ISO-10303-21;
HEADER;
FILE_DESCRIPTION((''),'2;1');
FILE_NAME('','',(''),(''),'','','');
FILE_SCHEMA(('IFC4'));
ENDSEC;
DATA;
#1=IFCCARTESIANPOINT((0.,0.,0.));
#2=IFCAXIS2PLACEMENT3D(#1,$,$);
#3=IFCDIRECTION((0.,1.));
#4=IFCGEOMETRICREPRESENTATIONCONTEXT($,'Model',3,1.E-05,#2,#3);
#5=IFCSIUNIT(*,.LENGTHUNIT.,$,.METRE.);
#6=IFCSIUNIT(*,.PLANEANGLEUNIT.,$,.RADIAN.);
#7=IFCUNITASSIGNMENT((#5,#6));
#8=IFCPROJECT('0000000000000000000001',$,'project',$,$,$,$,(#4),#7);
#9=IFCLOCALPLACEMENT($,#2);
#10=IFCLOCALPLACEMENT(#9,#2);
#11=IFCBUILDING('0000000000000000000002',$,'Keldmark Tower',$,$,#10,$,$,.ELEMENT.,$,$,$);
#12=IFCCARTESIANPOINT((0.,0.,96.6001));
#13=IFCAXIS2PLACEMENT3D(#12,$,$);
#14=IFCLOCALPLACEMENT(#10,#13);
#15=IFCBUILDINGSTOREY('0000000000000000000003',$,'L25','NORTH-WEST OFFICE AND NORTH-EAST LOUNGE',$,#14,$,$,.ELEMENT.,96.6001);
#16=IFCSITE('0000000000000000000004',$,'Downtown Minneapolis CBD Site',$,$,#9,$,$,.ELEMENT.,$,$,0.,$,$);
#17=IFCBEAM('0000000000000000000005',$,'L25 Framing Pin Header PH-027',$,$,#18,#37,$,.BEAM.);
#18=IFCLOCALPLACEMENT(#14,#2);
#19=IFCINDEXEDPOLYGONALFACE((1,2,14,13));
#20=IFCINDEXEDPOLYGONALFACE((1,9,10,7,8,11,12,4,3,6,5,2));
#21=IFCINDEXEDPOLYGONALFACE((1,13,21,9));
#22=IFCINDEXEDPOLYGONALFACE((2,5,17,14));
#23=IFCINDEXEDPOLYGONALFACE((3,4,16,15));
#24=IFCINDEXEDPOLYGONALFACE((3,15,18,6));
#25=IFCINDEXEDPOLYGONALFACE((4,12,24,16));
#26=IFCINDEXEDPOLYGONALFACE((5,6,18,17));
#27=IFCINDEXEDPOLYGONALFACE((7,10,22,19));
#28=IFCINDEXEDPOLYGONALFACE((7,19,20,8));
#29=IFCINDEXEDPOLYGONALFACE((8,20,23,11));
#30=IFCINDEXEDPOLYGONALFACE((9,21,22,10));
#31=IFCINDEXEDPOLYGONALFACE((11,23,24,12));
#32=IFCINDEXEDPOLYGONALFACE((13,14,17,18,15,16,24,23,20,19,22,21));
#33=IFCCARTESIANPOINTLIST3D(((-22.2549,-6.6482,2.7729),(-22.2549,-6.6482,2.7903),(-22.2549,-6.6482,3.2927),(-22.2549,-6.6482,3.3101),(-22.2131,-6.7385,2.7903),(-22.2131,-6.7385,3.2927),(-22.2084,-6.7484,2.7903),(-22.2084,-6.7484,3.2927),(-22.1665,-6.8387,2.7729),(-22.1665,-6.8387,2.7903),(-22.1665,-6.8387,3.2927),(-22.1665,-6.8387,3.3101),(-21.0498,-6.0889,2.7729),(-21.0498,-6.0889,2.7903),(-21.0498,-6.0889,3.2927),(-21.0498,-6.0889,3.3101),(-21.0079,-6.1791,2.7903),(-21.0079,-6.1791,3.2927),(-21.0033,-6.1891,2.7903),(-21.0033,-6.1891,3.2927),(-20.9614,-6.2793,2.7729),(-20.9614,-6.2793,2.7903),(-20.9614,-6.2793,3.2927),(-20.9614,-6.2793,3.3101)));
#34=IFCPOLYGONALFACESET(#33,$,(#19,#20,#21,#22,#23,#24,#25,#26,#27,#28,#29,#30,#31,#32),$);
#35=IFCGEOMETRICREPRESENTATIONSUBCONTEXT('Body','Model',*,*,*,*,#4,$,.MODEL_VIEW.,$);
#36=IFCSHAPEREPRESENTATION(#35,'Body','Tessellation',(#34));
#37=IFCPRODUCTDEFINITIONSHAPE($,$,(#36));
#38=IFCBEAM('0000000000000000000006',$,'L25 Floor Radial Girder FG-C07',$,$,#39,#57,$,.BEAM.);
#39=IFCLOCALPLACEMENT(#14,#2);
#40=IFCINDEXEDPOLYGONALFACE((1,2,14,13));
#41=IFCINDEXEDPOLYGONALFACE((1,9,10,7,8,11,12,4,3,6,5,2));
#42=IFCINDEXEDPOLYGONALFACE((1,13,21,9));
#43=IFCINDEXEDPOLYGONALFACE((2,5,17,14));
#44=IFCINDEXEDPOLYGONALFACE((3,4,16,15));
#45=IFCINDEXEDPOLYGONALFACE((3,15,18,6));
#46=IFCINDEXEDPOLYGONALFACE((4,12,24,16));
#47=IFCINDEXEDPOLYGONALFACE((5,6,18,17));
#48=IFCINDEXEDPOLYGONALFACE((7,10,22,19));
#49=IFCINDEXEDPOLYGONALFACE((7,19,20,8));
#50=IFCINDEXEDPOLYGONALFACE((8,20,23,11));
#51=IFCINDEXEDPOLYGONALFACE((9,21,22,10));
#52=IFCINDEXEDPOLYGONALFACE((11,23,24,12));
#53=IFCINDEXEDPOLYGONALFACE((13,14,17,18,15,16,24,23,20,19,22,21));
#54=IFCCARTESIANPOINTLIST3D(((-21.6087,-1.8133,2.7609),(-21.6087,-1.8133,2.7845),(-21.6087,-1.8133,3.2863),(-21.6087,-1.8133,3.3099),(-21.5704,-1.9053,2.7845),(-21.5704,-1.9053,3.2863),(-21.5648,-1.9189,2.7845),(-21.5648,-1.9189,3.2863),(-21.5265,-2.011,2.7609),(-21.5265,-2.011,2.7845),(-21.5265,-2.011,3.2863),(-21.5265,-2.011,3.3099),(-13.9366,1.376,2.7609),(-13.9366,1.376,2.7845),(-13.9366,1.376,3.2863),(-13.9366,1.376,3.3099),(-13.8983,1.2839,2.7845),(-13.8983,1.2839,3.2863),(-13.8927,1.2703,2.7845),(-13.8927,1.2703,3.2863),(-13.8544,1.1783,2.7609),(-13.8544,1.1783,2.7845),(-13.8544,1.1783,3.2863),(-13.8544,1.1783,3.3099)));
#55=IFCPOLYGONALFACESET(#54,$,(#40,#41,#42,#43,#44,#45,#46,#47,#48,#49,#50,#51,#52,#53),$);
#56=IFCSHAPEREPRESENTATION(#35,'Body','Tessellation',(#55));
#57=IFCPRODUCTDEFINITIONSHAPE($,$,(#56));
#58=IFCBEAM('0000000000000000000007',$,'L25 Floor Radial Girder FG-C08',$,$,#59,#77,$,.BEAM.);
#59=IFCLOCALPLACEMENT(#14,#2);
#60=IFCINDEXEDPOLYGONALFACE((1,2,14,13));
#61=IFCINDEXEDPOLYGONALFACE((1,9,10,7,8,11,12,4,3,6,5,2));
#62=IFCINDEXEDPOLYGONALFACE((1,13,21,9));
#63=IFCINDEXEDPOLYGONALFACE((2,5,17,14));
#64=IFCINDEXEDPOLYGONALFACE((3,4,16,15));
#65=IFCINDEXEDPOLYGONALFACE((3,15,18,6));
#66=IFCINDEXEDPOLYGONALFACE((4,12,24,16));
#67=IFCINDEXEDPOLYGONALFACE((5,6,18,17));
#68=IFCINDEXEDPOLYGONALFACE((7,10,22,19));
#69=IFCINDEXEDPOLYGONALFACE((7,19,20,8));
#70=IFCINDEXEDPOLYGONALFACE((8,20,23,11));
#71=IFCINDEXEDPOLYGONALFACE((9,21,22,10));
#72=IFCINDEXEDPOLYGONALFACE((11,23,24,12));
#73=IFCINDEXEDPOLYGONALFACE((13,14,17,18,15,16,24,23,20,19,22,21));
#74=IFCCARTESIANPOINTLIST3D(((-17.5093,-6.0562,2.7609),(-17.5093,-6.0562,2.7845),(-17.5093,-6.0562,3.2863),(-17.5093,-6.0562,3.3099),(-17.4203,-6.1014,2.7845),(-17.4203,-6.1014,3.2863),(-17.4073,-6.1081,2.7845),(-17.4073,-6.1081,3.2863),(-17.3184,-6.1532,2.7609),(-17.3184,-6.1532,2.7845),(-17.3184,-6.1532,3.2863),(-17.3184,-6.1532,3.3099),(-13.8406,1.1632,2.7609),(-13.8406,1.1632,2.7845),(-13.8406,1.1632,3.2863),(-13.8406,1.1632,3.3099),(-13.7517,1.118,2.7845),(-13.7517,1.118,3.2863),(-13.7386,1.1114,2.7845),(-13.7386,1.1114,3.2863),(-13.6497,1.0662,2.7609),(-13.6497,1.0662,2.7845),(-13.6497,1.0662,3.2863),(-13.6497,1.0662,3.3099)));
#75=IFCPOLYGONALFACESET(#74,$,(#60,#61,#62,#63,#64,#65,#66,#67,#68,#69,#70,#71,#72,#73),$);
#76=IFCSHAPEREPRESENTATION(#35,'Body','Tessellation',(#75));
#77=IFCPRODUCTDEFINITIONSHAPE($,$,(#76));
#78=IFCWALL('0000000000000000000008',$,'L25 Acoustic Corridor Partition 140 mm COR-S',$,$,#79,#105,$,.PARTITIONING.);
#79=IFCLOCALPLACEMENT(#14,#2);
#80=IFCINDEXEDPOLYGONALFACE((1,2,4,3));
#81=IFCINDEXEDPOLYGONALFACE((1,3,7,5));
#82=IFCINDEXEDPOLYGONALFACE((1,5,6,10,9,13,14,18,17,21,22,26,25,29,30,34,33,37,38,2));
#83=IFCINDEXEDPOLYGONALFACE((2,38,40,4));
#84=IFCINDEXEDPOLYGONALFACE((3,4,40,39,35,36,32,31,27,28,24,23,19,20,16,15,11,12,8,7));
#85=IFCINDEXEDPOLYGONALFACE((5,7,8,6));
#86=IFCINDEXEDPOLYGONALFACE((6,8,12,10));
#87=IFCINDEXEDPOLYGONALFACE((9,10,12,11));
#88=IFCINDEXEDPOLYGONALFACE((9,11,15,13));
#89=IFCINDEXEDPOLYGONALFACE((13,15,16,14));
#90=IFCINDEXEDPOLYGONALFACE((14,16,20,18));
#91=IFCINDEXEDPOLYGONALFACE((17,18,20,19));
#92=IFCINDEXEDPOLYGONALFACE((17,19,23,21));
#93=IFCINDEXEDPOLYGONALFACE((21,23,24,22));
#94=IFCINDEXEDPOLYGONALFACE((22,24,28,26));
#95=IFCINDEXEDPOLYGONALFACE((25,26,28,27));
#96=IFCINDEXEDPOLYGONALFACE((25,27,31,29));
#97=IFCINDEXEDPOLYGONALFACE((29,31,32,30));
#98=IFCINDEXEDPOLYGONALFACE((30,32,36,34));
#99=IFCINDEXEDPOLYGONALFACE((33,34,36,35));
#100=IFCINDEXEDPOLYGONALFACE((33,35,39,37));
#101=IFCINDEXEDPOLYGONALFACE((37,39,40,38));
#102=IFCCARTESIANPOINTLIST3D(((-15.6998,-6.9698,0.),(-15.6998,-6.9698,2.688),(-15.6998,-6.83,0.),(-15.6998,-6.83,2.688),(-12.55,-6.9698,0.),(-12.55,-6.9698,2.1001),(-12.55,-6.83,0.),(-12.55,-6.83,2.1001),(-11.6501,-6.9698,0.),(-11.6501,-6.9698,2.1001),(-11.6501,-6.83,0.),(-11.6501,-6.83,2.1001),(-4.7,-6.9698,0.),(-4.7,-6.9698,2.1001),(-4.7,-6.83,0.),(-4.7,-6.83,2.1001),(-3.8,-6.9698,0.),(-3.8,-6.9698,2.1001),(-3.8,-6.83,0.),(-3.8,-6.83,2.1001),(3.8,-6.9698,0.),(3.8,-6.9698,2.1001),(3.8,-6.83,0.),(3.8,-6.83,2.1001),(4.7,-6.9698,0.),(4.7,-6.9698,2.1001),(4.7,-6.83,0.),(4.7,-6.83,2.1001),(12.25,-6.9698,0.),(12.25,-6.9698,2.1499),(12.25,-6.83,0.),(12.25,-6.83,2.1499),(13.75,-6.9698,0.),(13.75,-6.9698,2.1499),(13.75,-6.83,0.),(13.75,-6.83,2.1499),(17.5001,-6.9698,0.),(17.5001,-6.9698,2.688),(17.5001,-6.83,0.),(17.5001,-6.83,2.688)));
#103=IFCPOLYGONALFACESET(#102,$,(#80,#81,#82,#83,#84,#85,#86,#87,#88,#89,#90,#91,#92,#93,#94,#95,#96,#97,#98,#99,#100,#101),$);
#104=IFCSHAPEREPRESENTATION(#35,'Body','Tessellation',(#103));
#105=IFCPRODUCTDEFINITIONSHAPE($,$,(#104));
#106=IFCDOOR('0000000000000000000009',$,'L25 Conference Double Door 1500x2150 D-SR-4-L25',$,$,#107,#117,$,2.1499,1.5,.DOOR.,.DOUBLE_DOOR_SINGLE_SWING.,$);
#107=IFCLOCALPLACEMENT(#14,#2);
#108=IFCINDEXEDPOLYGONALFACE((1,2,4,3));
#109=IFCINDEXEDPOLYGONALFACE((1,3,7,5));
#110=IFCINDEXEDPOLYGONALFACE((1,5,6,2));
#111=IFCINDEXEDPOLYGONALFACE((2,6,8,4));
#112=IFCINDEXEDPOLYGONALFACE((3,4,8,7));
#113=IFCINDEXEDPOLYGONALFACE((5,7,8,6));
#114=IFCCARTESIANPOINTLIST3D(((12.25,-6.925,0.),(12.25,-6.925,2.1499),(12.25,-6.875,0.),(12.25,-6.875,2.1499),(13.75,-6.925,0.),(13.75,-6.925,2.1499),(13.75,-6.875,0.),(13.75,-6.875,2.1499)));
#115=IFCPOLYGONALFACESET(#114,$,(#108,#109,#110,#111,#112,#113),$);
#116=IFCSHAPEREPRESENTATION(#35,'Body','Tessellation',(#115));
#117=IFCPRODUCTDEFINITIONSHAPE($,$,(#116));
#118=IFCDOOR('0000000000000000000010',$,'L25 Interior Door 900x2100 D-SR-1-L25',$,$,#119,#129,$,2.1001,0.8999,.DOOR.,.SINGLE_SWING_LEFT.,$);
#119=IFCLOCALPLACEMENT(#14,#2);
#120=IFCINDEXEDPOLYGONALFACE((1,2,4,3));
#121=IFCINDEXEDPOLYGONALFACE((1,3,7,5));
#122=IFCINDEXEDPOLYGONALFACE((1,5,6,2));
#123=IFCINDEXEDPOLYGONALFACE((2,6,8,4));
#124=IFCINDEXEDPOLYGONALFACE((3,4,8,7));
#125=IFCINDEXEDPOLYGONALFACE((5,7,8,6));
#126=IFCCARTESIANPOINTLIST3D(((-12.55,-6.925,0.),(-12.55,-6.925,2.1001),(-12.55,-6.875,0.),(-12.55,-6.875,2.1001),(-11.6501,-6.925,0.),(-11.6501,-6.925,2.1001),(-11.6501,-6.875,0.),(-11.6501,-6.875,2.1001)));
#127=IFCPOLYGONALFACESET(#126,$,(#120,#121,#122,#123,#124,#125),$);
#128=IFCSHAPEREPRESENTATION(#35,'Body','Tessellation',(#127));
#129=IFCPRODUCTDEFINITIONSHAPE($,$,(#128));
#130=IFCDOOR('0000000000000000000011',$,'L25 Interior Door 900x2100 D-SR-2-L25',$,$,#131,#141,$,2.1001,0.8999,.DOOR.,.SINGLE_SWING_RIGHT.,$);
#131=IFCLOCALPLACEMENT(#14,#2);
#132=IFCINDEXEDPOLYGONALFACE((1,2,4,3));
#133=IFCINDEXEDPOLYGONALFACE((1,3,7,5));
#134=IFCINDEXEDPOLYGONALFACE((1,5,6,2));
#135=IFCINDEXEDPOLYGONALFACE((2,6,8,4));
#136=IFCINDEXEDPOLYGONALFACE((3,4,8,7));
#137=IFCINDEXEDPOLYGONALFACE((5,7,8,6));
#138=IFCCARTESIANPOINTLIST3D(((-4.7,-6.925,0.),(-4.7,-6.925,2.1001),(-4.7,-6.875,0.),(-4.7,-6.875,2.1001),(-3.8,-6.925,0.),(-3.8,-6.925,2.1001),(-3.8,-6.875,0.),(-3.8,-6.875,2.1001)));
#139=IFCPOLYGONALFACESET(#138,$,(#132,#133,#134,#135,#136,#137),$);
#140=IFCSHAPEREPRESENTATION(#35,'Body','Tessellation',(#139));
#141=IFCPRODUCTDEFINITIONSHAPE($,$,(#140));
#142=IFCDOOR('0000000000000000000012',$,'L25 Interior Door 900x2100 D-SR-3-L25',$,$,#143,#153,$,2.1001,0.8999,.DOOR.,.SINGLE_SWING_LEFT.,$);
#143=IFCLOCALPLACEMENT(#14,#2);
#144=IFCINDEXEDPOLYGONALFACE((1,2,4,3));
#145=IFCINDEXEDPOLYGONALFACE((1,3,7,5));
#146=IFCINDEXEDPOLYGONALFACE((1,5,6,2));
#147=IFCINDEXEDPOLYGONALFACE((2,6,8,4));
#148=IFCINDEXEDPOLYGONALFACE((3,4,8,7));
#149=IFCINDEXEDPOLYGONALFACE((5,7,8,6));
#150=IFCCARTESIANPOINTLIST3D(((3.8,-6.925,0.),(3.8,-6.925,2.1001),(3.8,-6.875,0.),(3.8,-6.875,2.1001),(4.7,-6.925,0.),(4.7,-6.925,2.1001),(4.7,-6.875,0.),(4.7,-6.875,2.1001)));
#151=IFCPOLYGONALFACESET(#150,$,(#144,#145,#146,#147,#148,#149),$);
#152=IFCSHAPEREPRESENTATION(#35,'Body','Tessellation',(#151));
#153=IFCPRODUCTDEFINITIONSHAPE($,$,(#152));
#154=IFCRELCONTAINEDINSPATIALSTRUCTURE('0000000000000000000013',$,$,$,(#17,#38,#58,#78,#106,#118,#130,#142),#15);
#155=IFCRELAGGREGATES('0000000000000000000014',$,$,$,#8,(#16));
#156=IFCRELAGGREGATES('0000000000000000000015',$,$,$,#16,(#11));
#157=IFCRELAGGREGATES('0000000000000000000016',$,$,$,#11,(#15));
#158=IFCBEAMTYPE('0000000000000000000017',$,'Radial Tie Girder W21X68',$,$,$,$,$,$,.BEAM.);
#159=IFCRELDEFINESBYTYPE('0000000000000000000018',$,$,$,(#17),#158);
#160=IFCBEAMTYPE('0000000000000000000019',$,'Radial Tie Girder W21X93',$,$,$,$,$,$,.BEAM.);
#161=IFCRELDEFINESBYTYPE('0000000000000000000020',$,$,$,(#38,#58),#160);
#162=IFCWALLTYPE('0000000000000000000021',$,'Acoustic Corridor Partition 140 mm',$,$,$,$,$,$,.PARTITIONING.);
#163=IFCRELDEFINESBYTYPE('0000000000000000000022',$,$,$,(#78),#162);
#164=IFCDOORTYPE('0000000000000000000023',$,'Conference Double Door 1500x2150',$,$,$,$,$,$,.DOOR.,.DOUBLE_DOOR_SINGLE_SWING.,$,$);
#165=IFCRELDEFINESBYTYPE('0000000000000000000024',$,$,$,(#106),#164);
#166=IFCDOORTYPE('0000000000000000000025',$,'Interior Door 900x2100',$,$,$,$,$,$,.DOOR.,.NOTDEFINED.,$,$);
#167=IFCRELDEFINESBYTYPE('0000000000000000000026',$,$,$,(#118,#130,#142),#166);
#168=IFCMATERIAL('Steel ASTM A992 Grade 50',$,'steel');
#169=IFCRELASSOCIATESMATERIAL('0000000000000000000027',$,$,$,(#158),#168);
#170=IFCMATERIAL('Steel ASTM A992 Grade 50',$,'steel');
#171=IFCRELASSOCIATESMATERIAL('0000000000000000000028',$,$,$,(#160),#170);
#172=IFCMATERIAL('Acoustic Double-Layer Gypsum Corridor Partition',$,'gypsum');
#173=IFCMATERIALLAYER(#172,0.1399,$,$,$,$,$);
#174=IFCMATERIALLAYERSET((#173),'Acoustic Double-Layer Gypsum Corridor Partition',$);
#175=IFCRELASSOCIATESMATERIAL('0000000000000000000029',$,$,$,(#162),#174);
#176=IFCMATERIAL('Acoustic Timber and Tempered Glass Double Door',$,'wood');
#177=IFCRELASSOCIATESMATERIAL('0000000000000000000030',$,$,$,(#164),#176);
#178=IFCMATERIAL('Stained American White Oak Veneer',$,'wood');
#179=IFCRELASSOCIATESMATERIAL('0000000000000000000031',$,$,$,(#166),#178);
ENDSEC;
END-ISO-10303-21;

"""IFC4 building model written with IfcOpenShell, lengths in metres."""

from ifc_helpers import new_model, si_unit, direction, frame, frame_2d, origin, origin_2d, place, context, subcontext, project, spatial, rectangle, i_section, extrude, material, layer, layer_set, material_profile, profile_set, type_object, element, fill, save


model = new_model("IFC4")

# Units and contexts
model_context = context("Model", 3, precision=1e-05, world=origin(), true_north=direction((0.0, 1.0)))
body_context = subcontext(model_context, "Body", "Model", "MODEL_VIEW")
ifc_project = project(units=[si_unit("LENGTHUNIT", "METRE"), si_unit("PLANEANGLEUNIT", "RADIAN")], contexts=[model_context])

# Site, building, storey
site_placement = place(None, origin())
site = spatial("IfcSite", under=ifc_project, at=site_placement, Name="Downtown Minneapolis CBD Site", CompositionType="ELEMENT", RefElevation=0.0)
building_placement = place(site_placement, origin())
building = spatial("IfcBuilding", under=site, at=building_placement, Name="Keldmark Tower", CompositionType="ELEMENT")
storey_placement = place(building_placement, frame((0.0, 0.0, 96.6001)))
storey = spatial("IfcBuildingStorey", under=building, at=storey_placement, Name="L25", Description="NORTH-WEST OFFICE AND NORTH-EAST LOUNGE", CompositionType="ELEMENT", Elevation=96.6001)

# Beams
ifc_material_1 = material(Name="Steel ASTM A992 Grade 50", Category="steel")
ifc_material_profile_1 = material_profile(ifc_material_1, i_section(OverallWidth=0.21, OverallDepth=0.5371, WebThickness=0.011, FlangeThickness=0.0173, at=origin_2d()), Name="W21X68")
ifc_profile_set_1 = profile_set([ifc_material_profile_1], Name="Steel ASTM A992 Grade 50")
beam_type_1 = type_object("IfcBeamType", Name="Radial Tie Girder W21X68", PredefinedType="BEAM", material=ifc_profile_set_1)
beam_1_placement = place(storey_placement, frame((-21.0056, -6.1841, 3.0415), z_axis=(-0.907059, -0.421003, 0.0), x_axis=(0.421003, -0.907059, 0.0)))
element("IfcBeam", 1, at=beam_1_placement, inside=storey, type_object=beam_type_1, Name="L25 Framing Pin Header PH-027", PredefinedType="BEAM", context=body_context, shape_type="SweptSolid", body=[
    extrude(i_section(OverallWidth=0.21, OverallDepth=0.5371, WebThickness=0.011, FlangeThickness=0.0173, at=origin_2d()), origin(), (0.0, 0.0, 1.0), 1.3286),
])
ifc_material_2 = material(Name="Steel ASTM A992 Grade 50", Category="steel")
ifc_material_profile_2 = material_profile(ifc_material_2, i_section(OverallWidth=0.2141, OverallDepth=0.5491, WebThickness=0.0146, FlangeThickness=0.0237, at=origin_2d()), Name="W21X93")
ifc_profile_set_2 = profile_set([ifc_material_profile_2], Name="Steel ASTM A992 Grade 50")
beam_type_2 = type_object("IfcBeamType", Name="Radial Tie Girder W21X93", PredefinedType="BEAM", material=ifc_profile_set_2)
beam_2_placement = place(storey_placement, frame((-21.5676, -1.9121, 3.0354), z_axis=(0.923397, 0.383845, 0.0), x_axis=(-0.383845, 0.923397, 0.0)))
element("IfcBeam", 2, at=beam_2_placement, inside=storey, type_object=beam_type_2, Name="L25 Floor Radial Girder FG-C07", PredefinedType="BEAM", context=body_context, shape_type="SweptSolid", body=[
    extrude(i_section(OverallWidth=0.2141, OverallDepth=0.5491, WebThickness=0.0146, FlangeThickness=0.0237, at=origin_2d()), origin(), (0.0, 0.0, 1.0), 8.3086),
])
beam_3_placement = place(storey_placement, frame((-17.4138, -6.1047, 3.0354), z_axis=(0.453029, 0.891496, 0.0), x_axis=(-0.891496, 0.453029, 0.0)))
element("IfcBeam", 3, at=beam_3_placement, inside=storey, type_object=beam_type_2, Name="L25 Floor Radial Girder FG-C08", PredefinedType="BEAM", context=body_context, shape_type="SweptSolid", body=[
    extrude(i_section(OverallWidth=0.2141, OverallDepth=0.5491, WebThickness=0.0146, FlangeThickness=0.0237, at=origin_2d()), origin(), (0.0, 0.0, 1.0), 8.0981),
])

# Wall, openings, doors
ifc_material_3 = material(Name="Acoustic Double-Layer Gypsum Corridor Partition", Category="gypsum")
ifc_layer_1 = layer(ifc_material_3, 0.1399)
ifc_layer_set_1 = layer_set([ifc_layer_1], Name="Acoustic Double-Layer Gypsum Corridor Partition")
wall_type_1 = type_object("IfcWallType", Name="Acoustic Corridor Partition 140 mm", PredefinedType="PARTITIONING", material=ifc_layer_set_1)
wall_1_placement = place(storey_placement, frame((-15.7, -6.8999, 0.0), z_axis=(0.0, 0.0, 1.0), x_axis=(1.0, 0.0, 0.0)))
wall_1 = element("IfcWall", 4, at=wall_1_placement, inside=storey, type_object=wall_type_1, Name="L25 Acoustic Corridor Partition 140 mm COR-S", PredefinedType="PARTITIONING", context=body_context, shape_type="SweptSolid", body=[
    extrude(rectangle(XDim=33.2, YDim=0.1399, at=frame_2d((16.6001, 0.0))), origin(), (0.0, 0.0, 1.0), 2.688),
])
opening_1_placement = place(wall_1_placement, frame((3.1499, 0.0, 0.0)))
opening_1 = element("IfcOpeningElement", 5, at=opening_1_placement, cuts=wall_1, PredefinedType="OPENING", context=body_context, shape_type="SweptSolid", body=[
    extrude(rectangle(XDim=0.8999, YDim=2.1001, at=frame_2d((0.45, 1.05))), frame((0.0, 0.0798, 0.0), z_axis=(0.0, -1.0, 0.0), x_axis=(1.0, 0.0, 0.0)), (0.0, 0.0, 1.0), 0.1599),
])
opening_2_placement = place(wall_1_placement, frame((11.0, 0.0, 0.0)))
opening_2 = element("IfcOpeningElement", 6, at=opening_2_placement, cuts=wall_1, PredefinedType="OPENING", context=body_context, shape_type="SweptSolid", body=[
    extrude(rectangle(XDim=0.8999, YDim=2.1001, at=frame_2d((0.45, 1.05))), frame((0.0, 0.0798, 0.0), z_axis=(0.0, -1.0, 0.0), x_axis=(1.0, 0.0, 0.0)), (0.0, 0.0, 1.0), 0.1599),
])
opening_3_placement = place(wall_1_placement, frame((19.5, 0.0, 0.0)))
opening_3 = element("IfcOpeningElement", 7, at=opening_3_placement, cuts=wall_1, PredefinedType="OPENING", context=body_context, shape_type="SweptSolid", body=[
    extrude(rectangle(XDim=0.8999, YDim=2.1001, at=frame_2d((0.45, 1.05))), frame((0.0, 0.0798, 0.0), z_axis=(0.0, -1.0, 0.0), x_axis=(1.0, 0.0, 0.0)), (0.0, 0.0, 1.0), 0.1599),
])
opening_4_placement = place(wall_1_placement, frame((27.95, 0.0, 0.0)))
opening_4 = element("IfcOpeningElement", 8, at=opening_4_placement, cuts=wall_1, PredefinedType="OPENING", context=body_context, shape_type="SweptSolid", body=[
    extrude(rectangle(XDim=1.5, YDim=2.1499, at=frame_2d((0.75, 1.075))), frame((0.0, 0.0798, 0.0), z_axis=(0.0, -1.0, 0.0), x_axis=(1.0, 0.0, 0.0)), (0.0, 0.0, 1.0), 0.1599),
])
ifc_material_4 = material(Name="Acoustic Timber and Tempered Glass Double Door", Category="wood")
door_type_1 = type_object("IfcDoorType", Name="Conference Double Door 1500x2150", OperationType="DOUBLE_DOOR_SINGLE_SWING", PredefinedType="DOOR", material=ifc_material_4)
door_1_placement = place(opening_4_placement, origin())
door_1 = element("IfcDoor", 9, at=door_1_placement, inside=storey, type_object=door_type_1, Name="L25 Conference Double Door 1500x2150 D-SR-4-L25", OperationType="DOUBLE_DOOR_SINGLE_SWING", OverallHeight=2.1499, OverallWidth=1.5, PredefinedType="DOOR", context=body_context, shape_type="SweptSolid", body=[
    extrude(rectangle(XDim=1.5, YDim=2.1499, at=frame_2d((0.75, 1.075))), frame((0.0, 0.0249, 0.0), z_axis=(0.0, -1.0, 0.0), x_axis=(1.0, 0.0, 0.0)), (0.0, 0.0, 1.0), 0.05),
])
fill(opening_4, door_1)
ifc_material_5 = material(Name="Stained American White Oak Veneer", Category="wood")
door_type_2 = type_object("IfcDoorType", Name="Interior Door 900x2100", OperationType="NOTDEFINED", PredefinedType="DOOR", material=ifc_material_5)
door_2_placement = place(opening_1_placement, origin())
door_2 = element("IfcDoor", 10, at=door_2_placement, inside=storey, type_object=door_type_2, Name="L25 Interior Door 900x2100 D-SR-1-L25", OperationType="SINGLE_SWING_LEFT", OverallHeight=2.1001, OverallWidth=0.8999, PredefinedType="DOOR", context=body_context, shape_type="SweptSolid", body=[
    extrude(rectangle(XDim=0.8999, YDim=2.1001, at=frame_2d((0.45, 1.05))), frame((0.0, 0.0249, 0.0), z_axis=(0.0, -1.0, 0.0), x_axis=(1.0, 0.0, 0.0)), (0.0, 0.0, 1.0), 0.05),
])
fill(opening_1, door_2)
door_3_placement = place(opening_2_placement, origin())
door_3 = element("IfcDoor", 11, at=door_3_placement, inside=storey, type_object=door_type_2, Name="L25 Interior Door 900x2100 D-SR-2-L25", OperationType="SINGLE_SWING_RIGHT", OverallHeight=2.1001, OverallWidth=0.8999, PredefinedType="DOOR", context=body_context, shape_type="SweptSolid", body=[
    extrude(rectangle(XDim=0.8999, YDim=2.1001, at=frame_2d((0.45, 1.05))), frame((0.0, 0.0249, 0.0), z_axis=(0.0, -1.0, 0.0), x_axis=(1.0, 0.0, 0.0)), (0.0, 0.0, 1.0), 0.05),
])
fill(opening_2, door_3)
door_4_placement = place(opening_3_placement, origin())
door_4 = element("IfcDoor", 12, at=door_4_placement, inside=storey, type_object=door_type_2, Name="L25 Interior Door 900x2100 D-SR-3-L25", OperationType="SINGLE_SWING_LEFT", OverallHeight=2.1001, OverallWidth=0.8999, PredefinedType="DOOR", context=body_context, shape_type="SweptSolid", body=[
    extrude(rectangle(XDim=0.8999, YDim=2.1001, at=frame_2d((0.45, 1.05))), frame((0.0, 0.0249, 0.0), z_axis=(0.0, -1.0, 0.0), x_axis=(1.0, 0.0, 0.0)), (0.0, 0.0, 1.0), 0.05),
])
fill(opening_3, door_4)

save(model, "model.ifc")
